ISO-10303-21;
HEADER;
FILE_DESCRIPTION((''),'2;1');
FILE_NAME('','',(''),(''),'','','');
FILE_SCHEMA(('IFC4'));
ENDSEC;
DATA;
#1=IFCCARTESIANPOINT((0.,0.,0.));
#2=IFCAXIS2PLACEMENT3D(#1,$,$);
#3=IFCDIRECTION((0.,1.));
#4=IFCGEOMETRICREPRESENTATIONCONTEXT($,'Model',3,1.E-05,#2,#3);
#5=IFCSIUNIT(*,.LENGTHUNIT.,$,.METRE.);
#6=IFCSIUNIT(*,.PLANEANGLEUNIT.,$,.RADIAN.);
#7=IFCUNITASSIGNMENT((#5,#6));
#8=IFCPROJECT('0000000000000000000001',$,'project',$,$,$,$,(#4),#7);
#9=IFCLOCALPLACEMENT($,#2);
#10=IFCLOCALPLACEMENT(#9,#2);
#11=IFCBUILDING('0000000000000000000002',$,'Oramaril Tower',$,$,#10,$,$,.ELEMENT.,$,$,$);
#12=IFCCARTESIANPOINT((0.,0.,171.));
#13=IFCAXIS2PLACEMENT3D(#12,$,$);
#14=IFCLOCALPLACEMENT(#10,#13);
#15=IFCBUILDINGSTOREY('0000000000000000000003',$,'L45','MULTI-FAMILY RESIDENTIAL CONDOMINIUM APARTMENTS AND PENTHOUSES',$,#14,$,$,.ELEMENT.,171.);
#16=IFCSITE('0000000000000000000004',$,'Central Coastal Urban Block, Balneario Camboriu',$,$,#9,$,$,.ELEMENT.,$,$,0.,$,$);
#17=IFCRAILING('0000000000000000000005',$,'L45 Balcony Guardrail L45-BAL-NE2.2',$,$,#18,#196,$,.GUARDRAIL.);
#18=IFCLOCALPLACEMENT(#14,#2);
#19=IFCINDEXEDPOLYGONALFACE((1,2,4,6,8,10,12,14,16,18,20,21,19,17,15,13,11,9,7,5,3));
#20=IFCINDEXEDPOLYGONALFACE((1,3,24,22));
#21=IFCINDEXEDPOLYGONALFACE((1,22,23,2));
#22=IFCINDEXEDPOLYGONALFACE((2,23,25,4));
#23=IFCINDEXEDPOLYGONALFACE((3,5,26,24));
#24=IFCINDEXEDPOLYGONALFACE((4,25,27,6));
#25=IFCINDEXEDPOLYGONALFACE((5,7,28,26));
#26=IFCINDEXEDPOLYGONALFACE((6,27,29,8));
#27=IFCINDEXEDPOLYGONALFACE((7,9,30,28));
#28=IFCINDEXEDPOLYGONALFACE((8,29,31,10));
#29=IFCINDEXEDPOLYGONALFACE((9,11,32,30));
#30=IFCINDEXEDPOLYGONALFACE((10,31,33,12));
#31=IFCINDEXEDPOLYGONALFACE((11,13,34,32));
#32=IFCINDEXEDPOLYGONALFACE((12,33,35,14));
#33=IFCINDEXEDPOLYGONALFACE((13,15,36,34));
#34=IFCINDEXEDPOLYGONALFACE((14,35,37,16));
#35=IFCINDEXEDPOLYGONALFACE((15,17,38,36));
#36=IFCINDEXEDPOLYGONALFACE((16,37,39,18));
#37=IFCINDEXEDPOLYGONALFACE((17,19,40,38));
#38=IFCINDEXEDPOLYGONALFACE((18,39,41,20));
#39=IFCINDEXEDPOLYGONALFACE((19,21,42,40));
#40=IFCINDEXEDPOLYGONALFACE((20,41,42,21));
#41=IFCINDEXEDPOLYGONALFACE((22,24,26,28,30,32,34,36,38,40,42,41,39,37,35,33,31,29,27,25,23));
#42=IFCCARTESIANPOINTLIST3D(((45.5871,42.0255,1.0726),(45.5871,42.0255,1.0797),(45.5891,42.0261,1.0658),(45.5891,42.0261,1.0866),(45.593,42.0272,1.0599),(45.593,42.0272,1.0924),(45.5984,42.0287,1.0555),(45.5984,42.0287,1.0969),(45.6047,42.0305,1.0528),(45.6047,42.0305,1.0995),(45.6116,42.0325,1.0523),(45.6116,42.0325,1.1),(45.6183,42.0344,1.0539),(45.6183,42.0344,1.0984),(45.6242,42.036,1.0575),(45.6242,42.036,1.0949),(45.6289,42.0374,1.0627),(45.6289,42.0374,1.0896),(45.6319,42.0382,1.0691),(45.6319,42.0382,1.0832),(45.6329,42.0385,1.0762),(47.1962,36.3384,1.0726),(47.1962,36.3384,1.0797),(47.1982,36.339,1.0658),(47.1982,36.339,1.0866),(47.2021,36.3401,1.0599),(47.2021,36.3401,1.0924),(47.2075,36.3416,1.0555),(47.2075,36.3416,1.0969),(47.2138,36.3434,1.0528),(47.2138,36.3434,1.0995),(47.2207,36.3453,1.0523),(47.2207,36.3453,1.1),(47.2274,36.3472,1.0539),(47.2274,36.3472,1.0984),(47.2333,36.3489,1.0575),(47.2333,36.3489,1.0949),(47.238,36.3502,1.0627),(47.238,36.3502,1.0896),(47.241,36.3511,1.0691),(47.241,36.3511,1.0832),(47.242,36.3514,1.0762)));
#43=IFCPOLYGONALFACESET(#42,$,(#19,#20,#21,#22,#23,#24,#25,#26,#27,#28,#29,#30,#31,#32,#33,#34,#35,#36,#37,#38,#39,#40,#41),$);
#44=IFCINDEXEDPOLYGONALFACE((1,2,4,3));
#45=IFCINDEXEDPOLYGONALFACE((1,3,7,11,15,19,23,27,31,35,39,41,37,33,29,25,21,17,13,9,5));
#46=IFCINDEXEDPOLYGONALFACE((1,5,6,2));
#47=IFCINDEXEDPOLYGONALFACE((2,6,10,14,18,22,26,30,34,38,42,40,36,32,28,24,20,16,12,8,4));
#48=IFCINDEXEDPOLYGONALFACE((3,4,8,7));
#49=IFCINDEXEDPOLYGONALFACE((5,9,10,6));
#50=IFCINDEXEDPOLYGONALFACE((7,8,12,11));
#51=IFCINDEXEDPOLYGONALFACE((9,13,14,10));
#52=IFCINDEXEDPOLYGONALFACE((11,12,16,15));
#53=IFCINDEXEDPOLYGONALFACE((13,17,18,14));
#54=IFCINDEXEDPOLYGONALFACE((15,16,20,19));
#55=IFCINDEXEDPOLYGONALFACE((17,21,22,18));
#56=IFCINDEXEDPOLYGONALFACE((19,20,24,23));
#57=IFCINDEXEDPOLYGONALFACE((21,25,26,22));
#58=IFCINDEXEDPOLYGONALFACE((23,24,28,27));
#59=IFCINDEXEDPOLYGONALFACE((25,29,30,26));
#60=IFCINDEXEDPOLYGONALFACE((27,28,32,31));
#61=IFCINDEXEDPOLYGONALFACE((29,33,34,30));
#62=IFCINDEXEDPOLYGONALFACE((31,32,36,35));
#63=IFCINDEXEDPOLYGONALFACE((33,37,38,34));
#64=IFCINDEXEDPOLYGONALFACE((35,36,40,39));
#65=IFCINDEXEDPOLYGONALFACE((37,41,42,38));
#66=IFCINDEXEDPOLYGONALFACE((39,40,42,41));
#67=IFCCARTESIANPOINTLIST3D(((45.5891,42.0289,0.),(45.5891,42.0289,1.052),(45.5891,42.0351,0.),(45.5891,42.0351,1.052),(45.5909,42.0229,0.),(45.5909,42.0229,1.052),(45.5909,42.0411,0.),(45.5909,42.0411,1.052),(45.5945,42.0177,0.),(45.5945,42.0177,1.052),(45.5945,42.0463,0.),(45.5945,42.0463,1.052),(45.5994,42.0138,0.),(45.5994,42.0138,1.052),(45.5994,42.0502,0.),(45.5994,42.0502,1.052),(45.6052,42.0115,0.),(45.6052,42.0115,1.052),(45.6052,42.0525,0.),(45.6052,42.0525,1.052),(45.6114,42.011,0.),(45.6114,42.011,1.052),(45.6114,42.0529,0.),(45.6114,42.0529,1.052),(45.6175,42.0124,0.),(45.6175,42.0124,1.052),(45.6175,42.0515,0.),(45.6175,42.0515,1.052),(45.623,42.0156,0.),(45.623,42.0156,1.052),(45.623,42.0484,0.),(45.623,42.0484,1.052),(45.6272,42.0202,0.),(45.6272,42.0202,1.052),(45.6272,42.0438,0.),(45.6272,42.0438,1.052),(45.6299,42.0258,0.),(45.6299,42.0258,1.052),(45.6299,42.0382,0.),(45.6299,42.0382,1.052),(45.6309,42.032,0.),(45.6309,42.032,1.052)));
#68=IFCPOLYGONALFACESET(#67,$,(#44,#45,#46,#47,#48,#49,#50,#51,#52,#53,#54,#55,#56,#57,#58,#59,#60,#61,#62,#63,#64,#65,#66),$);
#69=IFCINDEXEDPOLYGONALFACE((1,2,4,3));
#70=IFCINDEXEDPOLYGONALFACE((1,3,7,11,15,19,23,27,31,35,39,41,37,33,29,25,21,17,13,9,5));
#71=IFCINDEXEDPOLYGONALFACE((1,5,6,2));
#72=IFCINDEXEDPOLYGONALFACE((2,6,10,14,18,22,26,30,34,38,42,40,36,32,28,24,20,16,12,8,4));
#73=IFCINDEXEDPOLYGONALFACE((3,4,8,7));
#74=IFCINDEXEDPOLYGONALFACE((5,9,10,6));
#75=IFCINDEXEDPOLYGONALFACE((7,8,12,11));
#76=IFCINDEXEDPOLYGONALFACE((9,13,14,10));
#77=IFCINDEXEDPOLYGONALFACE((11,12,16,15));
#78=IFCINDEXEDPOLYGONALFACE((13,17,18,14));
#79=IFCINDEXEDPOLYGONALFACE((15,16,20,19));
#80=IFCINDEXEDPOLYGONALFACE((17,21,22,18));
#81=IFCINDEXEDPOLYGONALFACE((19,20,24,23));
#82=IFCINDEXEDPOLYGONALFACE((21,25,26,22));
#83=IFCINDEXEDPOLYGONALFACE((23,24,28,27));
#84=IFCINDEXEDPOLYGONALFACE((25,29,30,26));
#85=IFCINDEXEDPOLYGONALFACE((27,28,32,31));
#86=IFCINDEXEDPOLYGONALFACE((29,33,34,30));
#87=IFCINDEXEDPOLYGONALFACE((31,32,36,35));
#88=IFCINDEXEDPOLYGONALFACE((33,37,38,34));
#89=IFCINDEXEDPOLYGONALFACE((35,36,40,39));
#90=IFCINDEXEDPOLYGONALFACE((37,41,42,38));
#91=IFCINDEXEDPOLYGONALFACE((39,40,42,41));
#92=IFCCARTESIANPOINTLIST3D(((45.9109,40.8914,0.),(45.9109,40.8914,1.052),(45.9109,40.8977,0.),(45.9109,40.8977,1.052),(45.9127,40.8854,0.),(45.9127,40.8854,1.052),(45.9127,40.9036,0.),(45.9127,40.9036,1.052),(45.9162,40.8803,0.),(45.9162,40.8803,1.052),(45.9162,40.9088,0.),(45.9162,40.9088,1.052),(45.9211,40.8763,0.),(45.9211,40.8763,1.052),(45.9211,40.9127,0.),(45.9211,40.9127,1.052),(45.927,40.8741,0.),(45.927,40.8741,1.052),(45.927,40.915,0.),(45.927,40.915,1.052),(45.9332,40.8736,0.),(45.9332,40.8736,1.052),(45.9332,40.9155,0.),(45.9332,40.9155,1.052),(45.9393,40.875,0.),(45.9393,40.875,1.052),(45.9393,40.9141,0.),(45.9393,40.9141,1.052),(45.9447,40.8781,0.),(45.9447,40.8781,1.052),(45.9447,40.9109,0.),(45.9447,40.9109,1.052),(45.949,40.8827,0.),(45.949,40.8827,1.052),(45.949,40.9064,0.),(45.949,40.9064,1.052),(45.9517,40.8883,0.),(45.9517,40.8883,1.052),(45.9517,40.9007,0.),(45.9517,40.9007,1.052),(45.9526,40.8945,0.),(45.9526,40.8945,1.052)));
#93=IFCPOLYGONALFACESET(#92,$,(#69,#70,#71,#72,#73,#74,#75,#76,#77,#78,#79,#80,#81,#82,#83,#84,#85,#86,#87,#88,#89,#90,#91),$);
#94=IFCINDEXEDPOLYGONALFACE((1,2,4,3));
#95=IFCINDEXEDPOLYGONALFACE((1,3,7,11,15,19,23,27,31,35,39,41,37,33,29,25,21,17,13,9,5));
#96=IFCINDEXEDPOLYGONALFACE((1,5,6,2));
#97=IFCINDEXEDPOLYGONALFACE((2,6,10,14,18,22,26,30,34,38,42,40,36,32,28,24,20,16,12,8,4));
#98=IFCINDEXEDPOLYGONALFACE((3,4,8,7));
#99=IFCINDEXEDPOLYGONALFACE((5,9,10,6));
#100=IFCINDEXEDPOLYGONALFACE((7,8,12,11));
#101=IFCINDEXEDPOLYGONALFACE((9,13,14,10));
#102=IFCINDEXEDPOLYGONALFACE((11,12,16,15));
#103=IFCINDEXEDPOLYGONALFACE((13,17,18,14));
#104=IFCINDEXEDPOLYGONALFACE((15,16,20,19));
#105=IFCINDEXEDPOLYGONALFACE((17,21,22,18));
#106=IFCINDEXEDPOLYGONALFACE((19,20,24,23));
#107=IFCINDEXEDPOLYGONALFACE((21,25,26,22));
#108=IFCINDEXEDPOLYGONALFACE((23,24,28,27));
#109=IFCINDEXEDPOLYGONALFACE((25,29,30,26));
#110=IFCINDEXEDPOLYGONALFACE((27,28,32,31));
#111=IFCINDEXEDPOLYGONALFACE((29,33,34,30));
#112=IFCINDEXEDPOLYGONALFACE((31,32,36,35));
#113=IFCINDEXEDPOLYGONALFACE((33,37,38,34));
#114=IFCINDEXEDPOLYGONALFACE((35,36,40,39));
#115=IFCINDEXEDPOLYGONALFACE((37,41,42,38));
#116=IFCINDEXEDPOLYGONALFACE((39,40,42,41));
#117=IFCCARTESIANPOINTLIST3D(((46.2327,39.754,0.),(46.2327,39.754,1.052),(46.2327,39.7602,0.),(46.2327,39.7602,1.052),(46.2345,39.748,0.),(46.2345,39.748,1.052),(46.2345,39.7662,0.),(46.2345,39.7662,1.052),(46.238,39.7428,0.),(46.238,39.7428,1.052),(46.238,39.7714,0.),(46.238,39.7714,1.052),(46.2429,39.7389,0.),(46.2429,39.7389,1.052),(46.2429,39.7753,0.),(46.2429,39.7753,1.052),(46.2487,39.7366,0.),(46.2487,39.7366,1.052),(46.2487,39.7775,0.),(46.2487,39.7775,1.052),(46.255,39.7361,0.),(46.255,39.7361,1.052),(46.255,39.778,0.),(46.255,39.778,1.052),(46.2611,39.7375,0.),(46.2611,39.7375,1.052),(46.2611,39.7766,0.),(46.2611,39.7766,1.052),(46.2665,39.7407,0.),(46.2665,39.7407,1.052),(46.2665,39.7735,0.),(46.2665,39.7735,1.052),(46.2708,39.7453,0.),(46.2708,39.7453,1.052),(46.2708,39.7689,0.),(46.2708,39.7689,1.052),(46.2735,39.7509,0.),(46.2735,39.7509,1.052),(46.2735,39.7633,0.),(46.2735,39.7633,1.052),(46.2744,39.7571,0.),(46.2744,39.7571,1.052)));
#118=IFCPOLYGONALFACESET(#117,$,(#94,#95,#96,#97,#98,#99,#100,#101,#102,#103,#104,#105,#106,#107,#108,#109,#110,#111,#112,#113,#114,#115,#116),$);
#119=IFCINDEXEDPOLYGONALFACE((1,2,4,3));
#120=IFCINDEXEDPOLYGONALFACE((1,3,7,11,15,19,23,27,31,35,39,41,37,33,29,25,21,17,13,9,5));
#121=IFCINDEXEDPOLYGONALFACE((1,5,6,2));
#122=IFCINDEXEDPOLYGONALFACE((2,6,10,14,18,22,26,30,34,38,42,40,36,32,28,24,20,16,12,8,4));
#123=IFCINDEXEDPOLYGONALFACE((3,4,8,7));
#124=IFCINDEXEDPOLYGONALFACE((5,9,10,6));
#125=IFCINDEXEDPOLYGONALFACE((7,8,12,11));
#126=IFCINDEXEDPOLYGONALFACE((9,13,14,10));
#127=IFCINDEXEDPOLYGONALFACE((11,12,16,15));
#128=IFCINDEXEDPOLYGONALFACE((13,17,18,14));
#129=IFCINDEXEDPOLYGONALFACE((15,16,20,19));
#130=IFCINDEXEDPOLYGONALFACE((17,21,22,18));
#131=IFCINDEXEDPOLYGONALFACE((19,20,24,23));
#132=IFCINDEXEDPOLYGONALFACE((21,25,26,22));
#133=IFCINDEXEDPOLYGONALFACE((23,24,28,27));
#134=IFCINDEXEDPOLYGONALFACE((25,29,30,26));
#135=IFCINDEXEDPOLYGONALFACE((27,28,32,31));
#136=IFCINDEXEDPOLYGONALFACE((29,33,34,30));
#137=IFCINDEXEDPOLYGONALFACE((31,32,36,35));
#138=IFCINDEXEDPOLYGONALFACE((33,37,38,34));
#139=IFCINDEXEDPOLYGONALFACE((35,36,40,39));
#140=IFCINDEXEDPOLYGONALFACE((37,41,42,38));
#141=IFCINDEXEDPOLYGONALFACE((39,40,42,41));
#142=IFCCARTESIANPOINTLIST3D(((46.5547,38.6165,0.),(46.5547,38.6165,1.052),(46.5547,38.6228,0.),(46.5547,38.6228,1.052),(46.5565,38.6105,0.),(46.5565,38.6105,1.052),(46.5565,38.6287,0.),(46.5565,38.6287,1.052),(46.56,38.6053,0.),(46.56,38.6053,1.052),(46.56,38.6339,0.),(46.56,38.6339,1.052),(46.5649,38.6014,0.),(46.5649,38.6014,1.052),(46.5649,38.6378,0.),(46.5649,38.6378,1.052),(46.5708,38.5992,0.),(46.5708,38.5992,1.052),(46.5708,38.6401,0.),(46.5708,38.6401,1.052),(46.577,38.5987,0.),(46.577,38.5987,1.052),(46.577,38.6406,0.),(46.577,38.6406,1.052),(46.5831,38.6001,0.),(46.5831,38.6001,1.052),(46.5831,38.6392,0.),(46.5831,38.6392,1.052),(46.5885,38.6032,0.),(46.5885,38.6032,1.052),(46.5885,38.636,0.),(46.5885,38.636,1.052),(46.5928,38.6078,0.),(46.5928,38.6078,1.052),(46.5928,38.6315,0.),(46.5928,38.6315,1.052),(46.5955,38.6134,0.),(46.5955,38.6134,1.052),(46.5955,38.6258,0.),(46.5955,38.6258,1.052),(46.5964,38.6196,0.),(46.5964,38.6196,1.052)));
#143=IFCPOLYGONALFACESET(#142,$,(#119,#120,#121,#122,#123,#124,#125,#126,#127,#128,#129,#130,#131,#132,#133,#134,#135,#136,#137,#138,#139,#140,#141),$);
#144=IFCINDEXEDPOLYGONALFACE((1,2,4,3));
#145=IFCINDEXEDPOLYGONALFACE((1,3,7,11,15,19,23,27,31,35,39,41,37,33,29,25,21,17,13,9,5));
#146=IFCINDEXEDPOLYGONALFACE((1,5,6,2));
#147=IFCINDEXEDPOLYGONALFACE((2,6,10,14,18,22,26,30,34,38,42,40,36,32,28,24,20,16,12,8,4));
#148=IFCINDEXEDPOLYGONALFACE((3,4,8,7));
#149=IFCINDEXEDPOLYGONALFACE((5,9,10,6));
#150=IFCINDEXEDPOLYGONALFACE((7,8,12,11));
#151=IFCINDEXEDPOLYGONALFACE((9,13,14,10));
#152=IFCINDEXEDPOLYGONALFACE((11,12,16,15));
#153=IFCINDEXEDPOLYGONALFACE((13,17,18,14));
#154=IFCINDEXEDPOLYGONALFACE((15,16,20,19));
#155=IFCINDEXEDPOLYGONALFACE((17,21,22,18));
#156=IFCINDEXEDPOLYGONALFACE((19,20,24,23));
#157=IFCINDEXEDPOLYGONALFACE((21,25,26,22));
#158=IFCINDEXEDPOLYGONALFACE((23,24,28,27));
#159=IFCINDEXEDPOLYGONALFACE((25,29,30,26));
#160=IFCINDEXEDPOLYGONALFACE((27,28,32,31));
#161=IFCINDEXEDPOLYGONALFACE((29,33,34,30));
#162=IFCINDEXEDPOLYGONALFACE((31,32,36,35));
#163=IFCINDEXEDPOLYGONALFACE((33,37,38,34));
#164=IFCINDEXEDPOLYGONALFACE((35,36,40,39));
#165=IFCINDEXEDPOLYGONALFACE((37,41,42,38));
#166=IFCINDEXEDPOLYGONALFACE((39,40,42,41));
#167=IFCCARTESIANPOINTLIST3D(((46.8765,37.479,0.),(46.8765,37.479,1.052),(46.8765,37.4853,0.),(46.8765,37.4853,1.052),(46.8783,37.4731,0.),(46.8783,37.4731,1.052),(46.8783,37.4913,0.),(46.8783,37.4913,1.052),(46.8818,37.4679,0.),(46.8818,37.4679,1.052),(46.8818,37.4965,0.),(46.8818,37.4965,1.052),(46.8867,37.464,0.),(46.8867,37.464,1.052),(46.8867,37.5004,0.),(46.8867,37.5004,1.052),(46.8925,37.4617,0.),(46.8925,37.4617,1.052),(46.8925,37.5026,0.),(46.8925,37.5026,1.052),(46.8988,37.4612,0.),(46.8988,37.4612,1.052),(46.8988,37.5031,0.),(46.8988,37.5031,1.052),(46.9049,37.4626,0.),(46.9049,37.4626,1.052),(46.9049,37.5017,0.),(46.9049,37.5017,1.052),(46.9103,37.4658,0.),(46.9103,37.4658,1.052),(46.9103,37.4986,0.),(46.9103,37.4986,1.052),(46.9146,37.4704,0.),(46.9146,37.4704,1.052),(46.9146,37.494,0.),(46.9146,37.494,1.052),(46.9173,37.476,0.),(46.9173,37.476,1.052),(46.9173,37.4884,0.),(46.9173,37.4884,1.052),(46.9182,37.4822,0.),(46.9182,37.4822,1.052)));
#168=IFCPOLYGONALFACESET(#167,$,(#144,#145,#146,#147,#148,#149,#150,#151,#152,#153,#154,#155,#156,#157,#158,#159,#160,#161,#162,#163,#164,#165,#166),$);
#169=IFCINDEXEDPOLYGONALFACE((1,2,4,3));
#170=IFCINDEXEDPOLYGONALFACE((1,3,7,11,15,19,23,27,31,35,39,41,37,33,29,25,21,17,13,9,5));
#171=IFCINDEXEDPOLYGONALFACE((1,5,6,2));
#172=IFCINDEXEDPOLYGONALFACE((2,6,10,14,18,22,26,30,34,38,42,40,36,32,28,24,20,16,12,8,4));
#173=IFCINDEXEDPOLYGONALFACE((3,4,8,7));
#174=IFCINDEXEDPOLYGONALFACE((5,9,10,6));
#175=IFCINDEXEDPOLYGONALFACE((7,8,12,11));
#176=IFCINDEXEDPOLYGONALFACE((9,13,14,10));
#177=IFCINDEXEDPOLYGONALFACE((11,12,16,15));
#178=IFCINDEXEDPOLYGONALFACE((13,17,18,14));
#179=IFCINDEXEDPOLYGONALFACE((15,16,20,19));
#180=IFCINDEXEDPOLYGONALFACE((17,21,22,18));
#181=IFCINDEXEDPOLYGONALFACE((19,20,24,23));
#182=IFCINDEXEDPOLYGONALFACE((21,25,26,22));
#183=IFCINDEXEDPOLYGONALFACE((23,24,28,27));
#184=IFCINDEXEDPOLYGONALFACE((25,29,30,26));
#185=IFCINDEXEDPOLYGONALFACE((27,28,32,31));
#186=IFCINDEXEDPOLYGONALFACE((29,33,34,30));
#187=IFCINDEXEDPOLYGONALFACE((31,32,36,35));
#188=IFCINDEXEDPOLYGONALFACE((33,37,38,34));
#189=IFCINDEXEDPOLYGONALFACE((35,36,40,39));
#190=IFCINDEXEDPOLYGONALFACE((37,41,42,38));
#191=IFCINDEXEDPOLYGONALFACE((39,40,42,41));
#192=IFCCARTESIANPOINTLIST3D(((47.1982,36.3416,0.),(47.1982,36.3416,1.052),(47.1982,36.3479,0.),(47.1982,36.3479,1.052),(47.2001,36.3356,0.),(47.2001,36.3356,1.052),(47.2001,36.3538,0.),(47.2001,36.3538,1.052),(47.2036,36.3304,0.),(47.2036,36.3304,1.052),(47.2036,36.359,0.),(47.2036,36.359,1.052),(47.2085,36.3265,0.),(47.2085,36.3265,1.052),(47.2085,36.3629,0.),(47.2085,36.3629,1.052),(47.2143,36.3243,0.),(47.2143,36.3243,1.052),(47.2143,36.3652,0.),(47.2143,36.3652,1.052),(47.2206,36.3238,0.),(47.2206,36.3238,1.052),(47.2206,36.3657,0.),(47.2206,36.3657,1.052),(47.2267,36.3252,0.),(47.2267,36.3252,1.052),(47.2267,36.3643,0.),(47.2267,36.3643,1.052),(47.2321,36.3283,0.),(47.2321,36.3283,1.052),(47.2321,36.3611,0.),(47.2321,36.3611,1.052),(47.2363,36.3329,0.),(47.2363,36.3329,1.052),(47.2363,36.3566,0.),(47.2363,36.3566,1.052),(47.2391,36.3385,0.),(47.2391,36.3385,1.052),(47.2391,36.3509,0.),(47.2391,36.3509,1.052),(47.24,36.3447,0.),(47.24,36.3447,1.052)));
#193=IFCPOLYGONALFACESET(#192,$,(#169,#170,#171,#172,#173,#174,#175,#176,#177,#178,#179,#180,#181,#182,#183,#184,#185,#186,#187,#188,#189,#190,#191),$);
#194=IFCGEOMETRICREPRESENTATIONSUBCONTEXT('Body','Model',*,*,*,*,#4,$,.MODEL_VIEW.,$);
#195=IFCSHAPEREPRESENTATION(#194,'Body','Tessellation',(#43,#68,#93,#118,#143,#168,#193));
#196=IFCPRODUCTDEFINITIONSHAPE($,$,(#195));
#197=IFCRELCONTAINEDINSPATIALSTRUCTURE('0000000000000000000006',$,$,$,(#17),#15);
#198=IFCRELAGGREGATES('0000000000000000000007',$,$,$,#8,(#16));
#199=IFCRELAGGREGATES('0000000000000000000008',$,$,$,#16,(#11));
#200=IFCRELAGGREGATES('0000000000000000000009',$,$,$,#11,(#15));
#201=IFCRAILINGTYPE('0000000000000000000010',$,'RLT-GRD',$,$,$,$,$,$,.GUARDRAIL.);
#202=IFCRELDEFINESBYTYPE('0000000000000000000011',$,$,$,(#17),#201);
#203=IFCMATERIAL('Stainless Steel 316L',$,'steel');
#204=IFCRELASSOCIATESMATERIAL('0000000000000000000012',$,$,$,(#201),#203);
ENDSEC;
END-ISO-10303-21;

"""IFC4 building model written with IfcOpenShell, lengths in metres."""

from ifc_helpers import new_model, si_unit, direction, frame, origin, origin_2d, place, context, subcontext, project, spatial, circle, extrude, material, type_object, element, save


model = new_model("IFC4")

# Units and contexts
model_context = context("Model", 3, precision=1e-05, world=origin(), true_north=direction((0.0, 1.0)))
body_context = subcontext(model_context, "Body", "Model", "MODEL_VIEW")
ifc_project = project(units=[si_unit("LENGTHUNIT", "METRE"), si_unit("PLANEANGLEUNIT", "RADIAN")], contexts=[model_context])

# Site, building, storey
site_placement = place(None, origin())
site = spatial("IfcSite", under=ifc_project, at=site_placement, Name="Central Coastal Urban Block, Balneario Camboriu", CompositionType="ELEMENT", RefElevation=0.0)
building_placement = place(site_placement, origin())
building = spatial("IfcBuilding", under=site, at=building_placement, Name="Oramaril Tower", CompositionType="ELEMENT")
storey_placement = place(building_placement, frame((0.0, 0.0, 171.0)))
storey = spatial("IfcBuildingStorey", under=building, at=storey_placement, Name="L45", Description="MULTI-FAMILY RESIDENTIAL CONDOMINIUM APARTMENTS AND PENTHOUSES", CompositionType="ELEMENT", Elevation=171.0)

# Railing
ifc_material_1 = material(Name="Stainless Steel 316L", Category="steel")
railing_type = type_object("IfcRailingType", Name="RLT-GRD", PredefinedType="GUARDRAIL", material=ifc_material_1)
railing_1_placement = place(storey_placement, frame((45.6099, 42.032, 0.0)))
element("IfcRailing", 1, at=railing_1_placement, inside=storey, type_object=railing_type, Name="L45 Balcony Guardrail L45-BAL-NE2.2", PredefinedType="GUARDRAIL", context=body_context, shape_type="SweptSolid", body=[
    extrude(circle(Radius=0.0239, at=origin_2d()), frame((0.0, 0.0, 1.0762), z_axis=(0.272249, -0.962227, 0.0), x_axis=(0.962227, 0.272249, 0.0)), (0.0, 0.0, 1.0), 5.9104),
    extrude(circle(Radius=0.021, at=origin_2d()), origin(), (0.0, 0.0, 1.0), 1.052),
    extrude(circle(Radius=0.021, at=origin_2d()), frame((0.3218, -1.1375, 0.0)), (0.0, 0.0, 1.0), 1.052),
    extrude(circle(Radius=0.021, at=origin_2d()), frame((0.6436, -2.2749, 0.0)), (0.0, 0.0, 1.0), 1.052),
    extrude(circle(Radius=0.021, at=origin_2d()), frame((0.9656, -3.4124, 0.0)), (0.0, 0.0, 1.0), 1.052),
    extrude(circle(Radius=0.021, at=origin_2d()), frame((1.2874, -4.5498, 0.0)), (0.0, 0.0, 1.0), 1.052),
    extrude(circle(Radius=0.021, at=origin_2d()), frame((1.6091, -5.6873, 0.0)), (0.0, 0.0, 1.0), 1.052),
])

save(model, "model.ifc")
